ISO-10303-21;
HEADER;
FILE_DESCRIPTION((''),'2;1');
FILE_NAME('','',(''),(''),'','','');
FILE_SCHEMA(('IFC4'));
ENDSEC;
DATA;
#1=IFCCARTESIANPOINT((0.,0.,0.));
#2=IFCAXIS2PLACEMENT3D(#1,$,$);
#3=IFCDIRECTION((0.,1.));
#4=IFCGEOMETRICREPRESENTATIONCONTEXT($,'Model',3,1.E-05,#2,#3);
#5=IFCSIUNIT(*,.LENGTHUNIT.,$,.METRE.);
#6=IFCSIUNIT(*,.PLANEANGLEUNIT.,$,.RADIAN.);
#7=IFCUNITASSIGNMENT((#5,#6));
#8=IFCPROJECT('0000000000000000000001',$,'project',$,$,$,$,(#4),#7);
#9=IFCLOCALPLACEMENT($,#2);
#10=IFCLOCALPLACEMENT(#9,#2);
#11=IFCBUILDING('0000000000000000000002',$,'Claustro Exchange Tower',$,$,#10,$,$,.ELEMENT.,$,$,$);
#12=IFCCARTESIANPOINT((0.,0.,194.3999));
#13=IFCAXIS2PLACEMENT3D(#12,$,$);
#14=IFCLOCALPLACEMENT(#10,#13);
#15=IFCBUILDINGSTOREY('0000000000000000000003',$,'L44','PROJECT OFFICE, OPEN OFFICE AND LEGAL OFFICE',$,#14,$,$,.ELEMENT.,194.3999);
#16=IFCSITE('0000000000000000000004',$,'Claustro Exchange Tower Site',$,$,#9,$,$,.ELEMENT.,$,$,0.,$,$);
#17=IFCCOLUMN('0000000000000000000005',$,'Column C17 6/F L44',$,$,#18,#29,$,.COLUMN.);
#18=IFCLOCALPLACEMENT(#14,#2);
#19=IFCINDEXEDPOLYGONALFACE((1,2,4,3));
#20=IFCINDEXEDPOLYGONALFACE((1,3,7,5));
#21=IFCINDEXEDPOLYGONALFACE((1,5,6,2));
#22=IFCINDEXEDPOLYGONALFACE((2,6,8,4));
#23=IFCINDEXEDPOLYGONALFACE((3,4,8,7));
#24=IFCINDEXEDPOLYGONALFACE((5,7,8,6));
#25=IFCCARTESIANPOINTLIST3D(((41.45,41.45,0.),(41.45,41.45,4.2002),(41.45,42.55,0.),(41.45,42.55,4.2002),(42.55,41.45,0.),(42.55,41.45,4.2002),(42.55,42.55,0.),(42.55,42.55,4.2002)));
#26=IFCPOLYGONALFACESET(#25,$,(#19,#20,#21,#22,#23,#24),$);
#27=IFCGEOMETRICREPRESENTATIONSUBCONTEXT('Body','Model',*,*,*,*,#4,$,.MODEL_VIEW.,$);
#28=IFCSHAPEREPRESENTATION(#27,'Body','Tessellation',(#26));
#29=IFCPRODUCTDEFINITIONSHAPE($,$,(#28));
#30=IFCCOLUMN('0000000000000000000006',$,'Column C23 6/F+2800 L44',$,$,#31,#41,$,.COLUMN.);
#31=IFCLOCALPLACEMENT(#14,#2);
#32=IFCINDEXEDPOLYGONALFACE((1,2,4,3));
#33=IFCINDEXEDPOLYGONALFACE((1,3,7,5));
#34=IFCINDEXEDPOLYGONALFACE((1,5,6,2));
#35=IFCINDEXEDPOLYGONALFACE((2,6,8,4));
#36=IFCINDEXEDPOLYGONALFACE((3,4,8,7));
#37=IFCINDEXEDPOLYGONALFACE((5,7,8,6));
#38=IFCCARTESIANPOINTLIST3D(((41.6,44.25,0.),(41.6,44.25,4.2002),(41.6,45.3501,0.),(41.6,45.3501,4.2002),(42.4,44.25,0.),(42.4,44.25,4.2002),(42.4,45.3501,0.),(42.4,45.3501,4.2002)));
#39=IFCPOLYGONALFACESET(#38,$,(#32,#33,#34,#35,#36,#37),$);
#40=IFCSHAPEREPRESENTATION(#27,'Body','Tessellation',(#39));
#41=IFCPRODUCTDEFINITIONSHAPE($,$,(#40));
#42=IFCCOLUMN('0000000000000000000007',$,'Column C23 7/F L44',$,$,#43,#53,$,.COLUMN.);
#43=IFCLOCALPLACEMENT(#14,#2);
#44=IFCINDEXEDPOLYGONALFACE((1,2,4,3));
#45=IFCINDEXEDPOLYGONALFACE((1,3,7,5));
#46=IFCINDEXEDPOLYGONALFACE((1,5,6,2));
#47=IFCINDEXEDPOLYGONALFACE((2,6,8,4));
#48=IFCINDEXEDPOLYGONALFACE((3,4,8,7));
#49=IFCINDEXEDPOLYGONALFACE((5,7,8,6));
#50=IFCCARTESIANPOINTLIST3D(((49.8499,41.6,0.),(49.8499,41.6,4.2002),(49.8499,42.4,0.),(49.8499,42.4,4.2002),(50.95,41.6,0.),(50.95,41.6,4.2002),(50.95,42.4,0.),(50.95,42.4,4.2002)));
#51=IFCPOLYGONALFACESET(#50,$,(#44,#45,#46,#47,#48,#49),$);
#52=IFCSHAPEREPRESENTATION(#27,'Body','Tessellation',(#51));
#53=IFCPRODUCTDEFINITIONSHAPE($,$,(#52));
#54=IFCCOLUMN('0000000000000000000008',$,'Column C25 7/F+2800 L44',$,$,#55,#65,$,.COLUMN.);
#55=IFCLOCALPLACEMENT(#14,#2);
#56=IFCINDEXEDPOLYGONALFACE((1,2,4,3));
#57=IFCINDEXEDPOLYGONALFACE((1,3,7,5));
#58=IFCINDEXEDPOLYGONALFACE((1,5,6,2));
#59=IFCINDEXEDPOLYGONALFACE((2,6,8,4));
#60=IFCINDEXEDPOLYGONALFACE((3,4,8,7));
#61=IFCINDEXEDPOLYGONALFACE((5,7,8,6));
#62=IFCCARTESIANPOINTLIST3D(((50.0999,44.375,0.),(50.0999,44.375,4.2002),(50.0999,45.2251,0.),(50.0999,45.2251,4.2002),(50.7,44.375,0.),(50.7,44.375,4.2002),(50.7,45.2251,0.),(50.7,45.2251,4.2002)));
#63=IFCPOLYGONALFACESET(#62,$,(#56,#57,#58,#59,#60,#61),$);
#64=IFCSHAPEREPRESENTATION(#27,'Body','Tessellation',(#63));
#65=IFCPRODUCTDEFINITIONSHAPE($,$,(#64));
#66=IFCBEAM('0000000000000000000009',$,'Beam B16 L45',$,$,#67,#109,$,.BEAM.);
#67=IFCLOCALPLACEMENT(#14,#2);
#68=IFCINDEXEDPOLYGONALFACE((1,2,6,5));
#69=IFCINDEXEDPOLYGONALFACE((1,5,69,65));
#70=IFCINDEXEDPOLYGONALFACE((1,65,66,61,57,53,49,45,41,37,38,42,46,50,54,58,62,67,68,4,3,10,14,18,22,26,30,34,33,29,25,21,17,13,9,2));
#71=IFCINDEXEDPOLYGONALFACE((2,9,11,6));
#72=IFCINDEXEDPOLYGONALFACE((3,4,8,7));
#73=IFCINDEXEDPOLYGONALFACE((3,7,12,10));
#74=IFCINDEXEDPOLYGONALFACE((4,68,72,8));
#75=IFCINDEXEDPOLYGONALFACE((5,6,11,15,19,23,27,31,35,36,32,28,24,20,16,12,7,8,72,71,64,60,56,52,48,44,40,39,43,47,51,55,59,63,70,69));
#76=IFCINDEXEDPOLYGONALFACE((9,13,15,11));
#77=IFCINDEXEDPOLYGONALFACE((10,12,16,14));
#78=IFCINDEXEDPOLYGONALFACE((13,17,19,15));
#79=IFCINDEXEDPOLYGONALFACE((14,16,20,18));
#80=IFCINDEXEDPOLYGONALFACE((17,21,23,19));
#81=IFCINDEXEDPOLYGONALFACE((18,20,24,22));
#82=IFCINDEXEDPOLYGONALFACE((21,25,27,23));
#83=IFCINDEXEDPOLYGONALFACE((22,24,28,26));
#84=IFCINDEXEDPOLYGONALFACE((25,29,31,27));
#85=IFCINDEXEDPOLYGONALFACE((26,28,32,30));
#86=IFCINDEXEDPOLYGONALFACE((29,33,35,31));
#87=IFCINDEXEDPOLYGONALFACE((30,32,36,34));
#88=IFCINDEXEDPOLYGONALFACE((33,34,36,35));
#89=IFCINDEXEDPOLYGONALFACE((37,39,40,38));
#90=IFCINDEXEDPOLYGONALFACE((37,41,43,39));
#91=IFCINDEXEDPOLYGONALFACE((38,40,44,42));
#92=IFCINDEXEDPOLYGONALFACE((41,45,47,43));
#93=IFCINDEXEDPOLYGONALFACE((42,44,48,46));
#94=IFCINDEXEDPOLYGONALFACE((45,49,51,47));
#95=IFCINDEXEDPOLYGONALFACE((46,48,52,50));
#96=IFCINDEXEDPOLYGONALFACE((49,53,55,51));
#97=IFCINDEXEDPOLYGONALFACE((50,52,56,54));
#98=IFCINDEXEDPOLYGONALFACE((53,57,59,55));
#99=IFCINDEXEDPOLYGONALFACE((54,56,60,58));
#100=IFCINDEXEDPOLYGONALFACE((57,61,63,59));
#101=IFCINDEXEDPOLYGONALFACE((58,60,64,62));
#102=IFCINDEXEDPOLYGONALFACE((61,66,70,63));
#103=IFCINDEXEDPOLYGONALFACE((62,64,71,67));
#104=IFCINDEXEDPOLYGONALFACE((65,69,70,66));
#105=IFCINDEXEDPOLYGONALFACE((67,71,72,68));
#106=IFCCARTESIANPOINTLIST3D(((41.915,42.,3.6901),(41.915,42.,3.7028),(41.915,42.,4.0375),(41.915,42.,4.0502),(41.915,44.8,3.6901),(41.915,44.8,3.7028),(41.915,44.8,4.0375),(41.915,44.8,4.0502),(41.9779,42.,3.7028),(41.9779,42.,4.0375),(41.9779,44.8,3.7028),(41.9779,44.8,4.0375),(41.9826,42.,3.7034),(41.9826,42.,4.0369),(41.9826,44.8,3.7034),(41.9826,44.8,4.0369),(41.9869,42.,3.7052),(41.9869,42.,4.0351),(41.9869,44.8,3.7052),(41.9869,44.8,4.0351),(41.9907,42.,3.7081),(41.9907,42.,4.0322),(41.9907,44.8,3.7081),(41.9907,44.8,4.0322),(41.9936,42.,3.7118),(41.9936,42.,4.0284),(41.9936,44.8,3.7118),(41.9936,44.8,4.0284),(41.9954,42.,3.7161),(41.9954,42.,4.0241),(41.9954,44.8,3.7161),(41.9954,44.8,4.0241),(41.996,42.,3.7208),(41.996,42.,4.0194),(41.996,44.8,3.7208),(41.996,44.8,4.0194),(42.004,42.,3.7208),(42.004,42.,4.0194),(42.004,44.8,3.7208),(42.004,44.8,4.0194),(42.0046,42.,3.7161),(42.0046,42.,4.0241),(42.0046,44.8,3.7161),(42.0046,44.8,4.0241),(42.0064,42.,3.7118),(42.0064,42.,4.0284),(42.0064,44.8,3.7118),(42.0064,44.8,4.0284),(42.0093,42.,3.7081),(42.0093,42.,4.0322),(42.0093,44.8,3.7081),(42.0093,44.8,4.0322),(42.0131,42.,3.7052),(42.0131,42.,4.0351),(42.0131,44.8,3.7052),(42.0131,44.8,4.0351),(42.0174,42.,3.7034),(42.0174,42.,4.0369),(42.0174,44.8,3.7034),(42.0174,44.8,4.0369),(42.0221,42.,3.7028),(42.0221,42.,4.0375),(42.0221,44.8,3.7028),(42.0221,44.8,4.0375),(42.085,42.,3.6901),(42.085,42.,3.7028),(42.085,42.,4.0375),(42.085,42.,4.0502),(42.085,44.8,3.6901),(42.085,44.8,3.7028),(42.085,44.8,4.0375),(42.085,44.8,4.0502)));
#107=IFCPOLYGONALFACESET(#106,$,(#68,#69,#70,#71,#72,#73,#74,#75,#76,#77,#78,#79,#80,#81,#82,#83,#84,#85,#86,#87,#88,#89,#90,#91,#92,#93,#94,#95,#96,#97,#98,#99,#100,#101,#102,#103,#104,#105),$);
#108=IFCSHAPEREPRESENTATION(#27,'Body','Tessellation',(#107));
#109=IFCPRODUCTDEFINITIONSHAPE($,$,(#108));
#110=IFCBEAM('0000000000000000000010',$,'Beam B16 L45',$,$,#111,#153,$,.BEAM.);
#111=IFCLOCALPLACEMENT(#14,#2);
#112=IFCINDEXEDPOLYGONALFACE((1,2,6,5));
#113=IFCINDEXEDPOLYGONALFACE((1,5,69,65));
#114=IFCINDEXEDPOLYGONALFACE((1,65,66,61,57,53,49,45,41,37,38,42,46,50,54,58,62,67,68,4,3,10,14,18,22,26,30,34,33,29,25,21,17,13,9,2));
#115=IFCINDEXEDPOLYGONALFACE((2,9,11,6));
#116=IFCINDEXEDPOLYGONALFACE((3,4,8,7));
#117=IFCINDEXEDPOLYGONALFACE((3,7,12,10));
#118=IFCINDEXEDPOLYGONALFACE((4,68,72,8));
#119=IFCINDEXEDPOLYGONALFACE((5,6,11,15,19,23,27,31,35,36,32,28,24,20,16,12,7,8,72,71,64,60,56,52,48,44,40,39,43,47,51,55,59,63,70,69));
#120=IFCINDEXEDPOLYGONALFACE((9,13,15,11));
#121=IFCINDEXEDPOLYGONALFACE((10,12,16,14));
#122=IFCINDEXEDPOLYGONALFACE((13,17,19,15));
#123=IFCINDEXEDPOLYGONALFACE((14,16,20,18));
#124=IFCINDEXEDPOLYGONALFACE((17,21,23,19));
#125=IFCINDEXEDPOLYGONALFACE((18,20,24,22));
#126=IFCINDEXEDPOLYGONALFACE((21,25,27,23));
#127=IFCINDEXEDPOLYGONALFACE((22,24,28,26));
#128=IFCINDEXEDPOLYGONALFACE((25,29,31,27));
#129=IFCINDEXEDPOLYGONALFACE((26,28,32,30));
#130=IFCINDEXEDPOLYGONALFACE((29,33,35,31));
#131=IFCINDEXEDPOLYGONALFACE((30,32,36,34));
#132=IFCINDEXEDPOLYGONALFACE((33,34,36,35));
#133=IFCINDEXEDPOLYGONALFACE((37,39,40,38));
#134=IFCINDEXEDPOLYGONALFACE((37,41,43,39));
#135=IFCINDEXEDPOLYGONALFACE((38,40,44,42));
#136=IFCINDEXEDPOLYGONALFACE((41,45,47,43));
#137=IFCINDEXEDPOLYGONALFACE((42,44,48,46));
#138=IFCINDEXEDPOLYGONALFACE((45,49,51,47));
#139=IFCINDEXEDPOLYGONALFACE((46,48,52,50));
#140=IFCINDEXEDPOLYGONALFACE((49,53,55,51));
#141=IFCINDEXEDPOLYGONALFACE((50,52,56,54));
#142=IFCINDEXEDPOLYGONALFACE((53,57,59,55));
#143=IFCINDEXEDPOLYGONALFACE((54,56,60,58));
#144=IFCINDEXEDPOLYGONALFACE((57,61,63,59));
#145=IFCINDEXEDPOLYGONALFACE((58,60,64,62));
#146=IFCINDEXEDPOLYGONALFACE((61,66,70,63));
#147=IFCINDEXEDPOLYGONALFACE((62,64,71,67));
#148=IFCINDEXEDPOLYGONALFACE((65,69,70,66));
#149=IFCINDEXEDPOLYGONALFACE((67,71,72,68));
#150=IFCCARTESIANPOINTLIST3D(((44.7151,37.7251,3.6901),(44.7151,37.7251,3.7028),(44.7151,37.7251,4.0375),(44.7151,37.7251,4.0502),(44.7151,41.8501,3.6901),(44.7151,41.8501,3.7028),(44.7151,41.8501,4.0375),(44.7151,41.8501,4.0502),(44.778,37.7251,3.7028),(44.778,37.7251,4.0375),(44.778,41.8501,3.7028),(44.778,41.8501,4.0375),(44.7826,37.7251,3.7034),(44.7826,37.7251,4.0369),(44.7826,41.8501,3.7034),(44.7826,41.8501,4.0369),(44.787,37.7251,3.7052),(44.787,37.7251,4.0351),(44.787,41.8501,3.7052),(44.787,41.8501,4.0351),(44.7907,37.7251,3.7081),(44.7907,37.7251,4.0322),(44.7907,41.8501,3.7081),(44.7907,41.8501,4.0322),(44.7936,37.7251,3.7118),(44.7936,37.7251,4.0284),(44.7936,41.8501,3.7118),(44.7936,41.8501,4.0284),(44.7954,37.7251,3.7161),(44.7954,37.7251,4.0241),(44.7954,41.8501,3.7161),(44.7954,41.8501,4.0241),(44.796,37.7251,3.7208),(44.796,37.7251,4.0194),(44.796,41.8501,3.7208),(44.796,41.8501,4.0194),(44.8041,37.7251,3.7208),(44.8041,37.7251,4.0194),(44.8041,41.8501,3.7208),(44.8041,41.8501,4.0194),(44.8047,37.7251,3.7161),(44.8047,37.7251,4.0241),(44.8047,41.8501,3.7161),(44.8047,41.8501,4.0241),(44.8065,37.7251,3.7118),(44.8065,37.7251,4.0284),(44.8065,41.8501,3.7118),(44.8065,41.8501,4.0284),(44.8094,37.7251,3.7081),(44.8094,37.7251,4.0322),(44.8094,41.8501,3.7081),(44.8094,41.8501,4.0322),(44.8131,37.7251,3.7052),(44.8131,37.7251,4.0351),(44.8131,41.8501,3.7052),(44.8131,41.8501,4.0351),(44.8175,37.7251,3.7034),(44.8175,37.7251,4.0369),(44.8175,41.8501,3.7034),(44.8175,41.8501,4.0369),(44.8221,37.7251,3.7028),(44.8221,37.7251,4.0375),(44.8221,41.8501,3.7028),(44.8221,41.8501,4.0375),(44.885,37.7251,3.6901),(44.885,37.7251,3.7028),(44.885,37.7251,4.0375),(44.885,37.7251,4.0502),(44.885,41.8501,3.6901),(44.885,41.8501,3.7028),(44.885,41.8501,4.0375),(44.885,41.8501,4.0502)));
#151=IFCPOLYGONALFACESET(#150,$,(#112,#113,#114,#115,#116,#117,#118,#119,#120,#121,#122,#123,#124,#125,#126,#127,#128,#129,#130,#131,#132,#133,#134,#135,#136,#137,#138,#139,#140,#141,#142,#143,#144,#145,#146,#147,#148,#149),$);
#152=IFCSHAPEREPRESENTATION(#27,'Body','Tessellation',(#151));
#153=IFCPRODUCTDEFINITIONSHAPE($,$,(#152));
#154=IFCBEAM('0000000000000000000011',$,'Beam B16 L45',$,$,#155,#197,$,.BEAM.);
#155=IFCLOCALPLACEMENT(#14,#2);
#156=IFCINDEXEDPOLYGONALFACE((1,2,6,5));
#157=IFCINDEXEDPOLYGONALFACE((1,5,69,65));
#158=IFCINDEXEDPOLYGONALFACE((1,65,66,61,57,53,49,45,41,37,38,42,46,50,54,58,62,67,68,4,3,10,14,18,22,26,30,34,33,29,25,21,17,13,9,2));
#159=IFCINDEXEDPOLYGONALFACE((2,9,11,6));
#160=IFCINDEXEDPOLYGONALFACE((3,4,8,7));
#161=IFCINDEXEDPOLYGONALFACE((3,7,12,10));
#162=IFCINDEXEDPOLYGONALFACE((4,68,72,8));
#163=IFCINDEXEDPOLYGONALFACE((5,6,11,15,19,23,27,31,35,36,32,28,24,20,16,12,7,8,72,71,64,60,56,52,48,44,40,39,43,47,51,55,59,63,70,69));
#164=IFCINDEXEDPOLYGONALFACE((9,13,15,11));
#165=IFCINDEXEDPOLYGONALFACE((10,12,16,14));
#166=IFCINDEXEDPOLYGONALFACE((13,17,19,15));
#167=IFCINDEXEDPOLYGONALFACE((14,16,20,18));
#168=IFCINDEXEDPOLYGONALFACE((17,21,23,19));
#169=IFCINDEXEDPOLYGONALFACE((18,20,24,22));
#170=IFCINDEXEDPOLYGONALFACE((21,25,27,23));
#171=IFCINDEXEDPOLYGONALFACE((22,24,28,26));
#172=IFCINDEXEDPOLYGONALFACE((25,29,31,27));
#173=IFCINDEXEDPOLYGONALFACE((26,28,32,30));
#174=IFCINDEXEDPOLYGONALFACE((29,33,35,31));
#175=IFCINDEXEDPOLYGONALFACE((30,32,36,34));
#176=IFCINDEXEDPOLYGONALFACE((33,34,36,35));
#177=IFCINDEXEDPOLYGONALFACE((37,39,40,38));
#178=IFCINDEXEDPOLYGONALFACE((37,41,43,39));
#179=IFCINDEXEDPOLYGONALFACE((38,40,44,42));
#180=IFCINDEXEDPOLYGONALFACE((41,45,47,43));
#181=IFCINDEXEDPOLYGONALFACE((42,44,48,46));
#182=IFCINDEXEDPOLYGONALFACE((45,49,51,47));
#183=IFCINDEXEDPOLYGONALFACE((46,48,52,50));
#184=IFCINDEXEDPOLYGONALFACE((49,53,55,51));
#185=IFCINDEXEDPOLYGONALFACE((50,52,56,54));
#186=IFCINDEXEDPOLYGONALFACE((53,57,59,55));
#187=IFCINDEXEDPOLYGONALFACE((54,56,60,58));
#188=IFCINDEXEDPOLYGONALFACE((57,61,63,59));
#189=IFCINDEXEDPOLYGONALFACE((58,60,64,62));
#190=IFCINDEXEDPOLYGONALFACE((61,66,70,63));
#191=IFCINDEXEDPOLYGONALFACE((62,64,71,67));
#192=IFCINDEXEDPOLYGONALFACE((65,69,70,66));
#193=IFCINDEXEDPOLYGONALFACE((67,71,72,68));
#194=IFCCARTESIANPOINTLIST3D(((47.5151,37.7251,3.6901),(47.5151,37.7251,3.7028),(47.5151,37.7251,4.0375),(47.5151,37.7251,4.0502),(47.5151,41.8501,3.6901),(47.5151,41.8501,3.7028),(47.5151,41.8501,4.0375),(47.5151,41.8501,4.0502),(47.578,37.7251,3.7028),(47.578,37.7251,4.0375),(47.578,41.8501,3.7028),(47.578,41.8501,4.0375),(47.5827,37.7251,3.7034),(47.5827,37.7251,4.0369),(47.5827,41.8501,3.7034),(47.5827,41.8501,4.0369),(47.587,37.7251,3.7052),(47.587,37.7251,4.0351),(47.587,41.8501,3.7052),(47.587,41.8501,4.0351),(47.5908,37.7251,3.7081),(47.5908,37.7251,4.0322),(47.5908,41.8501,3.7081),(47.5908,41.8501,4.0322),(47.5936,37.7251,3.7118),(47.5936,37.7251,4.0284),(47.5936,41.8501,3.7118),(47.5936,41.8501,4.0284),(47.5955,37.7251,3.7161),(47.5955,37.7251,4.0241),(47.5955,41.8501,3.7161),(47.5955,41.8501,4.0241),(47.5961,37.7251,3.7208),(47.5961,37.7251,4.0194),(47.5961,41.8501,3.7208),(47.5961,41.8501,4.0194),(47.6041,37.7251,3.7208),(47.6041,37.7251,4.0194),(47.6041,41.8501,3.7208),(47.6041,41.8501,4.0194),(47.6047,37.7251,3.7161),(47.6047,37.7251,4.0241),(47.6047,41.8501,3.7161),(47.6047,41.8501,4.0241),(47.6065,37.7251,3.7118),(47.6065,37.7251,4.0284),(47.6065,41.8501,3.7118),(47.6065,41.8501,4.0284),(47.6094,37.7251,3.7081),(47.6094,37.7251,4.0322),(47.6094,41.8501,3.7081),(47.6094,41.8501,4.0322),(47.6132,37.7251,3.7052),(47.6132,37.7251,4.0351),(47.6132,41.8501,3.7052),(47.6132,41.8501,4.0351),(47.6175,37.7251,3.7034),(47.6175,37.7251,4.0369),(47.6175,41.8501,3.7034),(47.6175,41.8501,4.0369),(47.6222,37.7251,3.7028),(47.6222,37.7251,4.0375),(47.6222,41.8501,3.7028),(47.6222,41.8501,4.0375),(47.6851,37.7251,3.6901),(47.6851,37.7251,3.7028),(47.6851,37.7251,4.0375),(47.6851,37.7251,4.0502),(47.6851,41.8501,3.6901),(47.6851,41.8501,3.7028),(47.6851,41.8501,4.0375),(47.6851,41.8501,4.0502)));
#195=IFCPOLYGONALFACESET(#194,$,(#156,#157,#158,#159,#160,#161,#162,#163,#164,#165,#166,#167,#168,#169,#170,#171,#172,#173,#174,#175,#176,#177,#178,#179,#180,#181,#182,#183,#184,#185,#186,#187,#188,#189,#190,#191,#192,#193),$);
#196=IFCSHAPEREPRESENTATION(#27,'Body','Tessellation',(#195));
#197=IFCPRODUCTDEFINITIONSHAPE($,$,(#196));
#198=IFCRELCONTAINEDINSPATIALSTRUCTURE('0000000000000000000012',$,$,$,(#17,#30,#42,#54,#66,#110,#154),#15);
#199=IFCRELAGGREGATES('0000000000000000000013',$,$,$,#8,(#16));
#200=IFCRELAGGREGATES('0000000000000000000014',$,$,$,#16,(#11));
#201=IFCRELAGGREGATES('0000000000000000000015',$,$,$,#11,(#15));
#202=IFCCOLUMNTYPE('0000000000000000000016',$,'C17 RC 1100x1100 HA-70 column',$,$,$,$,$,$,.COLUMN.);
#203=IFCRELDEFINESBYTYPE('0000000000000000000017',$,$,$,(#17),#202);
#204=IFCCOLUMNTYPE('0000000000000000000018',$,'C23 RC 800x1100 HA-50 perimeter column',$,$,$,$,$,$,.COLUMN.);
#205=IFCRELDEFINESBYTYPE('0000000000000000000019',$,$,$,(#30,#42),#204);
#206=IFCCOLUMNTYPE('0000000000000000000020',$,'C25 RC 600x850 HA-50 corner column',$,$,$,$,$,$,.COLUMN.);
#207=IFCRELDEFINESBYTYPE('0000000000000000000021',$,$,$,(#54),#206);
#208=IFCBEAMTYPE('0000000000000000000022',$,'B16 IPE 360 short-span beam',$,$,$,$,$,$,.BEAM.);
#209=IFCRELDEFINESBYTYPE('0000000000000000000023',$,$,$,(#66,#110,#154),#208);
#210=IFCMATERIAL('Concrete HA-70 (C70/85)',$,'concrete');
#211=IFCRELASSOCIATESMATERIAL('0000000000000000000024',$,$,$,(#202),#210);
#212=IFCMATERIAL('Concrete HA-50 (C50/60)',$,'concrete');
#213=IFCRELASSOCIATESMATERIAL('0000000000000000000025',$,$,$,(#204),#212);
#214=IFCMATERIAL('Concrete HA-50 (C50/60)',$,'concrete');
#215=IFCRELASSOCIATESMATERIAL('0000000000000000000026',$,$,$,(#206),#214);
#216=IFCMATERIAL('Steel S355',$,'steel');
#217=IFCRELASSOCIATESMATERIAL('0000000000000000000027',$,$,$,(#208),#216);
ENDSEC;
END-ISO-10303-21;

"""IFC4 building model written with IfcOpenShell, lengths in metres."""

from ifc_helpers import new_model, si_unit, direction, frame, origin, origin_2d, place, context, subcontext, project, spatial, rectangle, i_section, extrude, material, material_profile, profile_set, type_object, element, save


model = new_model("IFC4")

# Units and contexts
model_context = context("Model", 3, precision=1e-05, world=origin(), true_north=direction((0.0, 1.0)))
body_context = subcontext(model_context, "Body", "Model", "MODEL_VIEW")
ifc_project = project(units=[si_unit("LENGTHUNIT", "METRE"), si_unit("PLANEANGLEUNIT", "RADIAN")], contexts=[model_context])

# Site, building, storey
site_placement = place(None, origin())
site = spatial("IfcSite", under=ifc_project, at=site_placement, Name="Claustro Exchange Tower Site", CompositionType="ELEMENT", RefElevation=0.0)
building_placement = place(site_placement, origin())
building = spatial("IfcBuilding", under=site, at=building_placement, Name="Claustro Exchange Tower", CompositionType="ELEMENT")
storey_placement = place(building_placement, frame((0.0, 0.0, 194.3999)))
storey = spatial("IfcBuildingStorey", under=building, at=storey_placement, Name="L44", Description="PROJECT OFFICE, OPEN OFFICE AND LEGAL OFFICE", CompositionType="ELEMENT", Elevation=194.3999)

# Columns
ifc_material_1 = material(Name="Concrete HA-70 (C70/85)", Category="concrete")
ifc_material_profile_1 = material_profile(ifc_material_1, rectangle(XDim=1.1001, YDim=1.1001, at=origin_2d()), Name="RC 1100x1100")
ifc_profile_set_1 = profile_set([ifc_material_profile_1], Name="Concrete HA-70 (C70/85)")
column_type_1 = type_object("IfcColumnType", Name="C17 RC 1100x1100 HA-70 column", PredefinedType="COLUMN", material=ifc_profile_set_1)
column_1_placement = place(storey_placement, frame((42.0, 42.0, 0.0), z_axis=(0.0, 0.0, 1.0), x_axis=(1.0, 0.0, 0.0)))
element("IfcColumn", 1, at=column_1_placement, inside=storey, type_object=column_type_1, Name="Column C17 6/F L44", PredefinedType="COLUMN", context=body_context, shape_type="SweptSolid", body=[
    extrude(rectangle(XDim=1.1001, YDim=1.1001, at=origin_2d()), origin(), (0.0, 0.0, 1.0), 4.2002),
])
ifc_material_2 = material(Name="Concrete HA-50 (C50/60)", Category="concrete")
ifc_material_profile_2 = material_profile(ifc_material_2, rectangle(XDim=0.8, YDim=1.1001, at=origin_2d()), Name="RC 800x1100")
ifc_profile_set_2 = profile_set([ifc_material_profile_2], Name="Concrete HA-50 (C50/60)")
column_type_2 = type_object("IfcColumnType", Name="C23 RC 800x1100 HA-50 perimeter column", PredefinedType="COLUMN", material=ifc_profile_set_2)
for number, where, z_axis, x_axis, name in (
    (2, (42.0, 44.8, 0.0), (0.0, 0.0, 1.0), (1.0, 0.0, 0.0), "Column C23 6/F+2800 L44"),
    (3, (50.3999, 42.0, 0.0), (0.0, 0.0, 1.0), (0.0, 1.0, 0.0), "Column C23 7/F L44"),
):
    element("IfcColumn", number, at=place(storey_placement, frame(where, z_axis=z_axis, x_axis=x_axis)), inside=storey, type_object=column_type_2, Name=name, PredefinedType="COLUMN", context=body_context, shape_type="SweptSolid", body=[
        extrude(rectangle(XDim=0.8, YDim=1.1001, at=origin_2d()), origin(), (0.0, 0.0, 1.0), 4.2002),
    ])
ifc_material_3 = material(Name="Concrete HA-50 (C50/60)", Category="concrete")
ifc_material_profile_3 = material_profile(ifc_material_3, rectangle(XDim=0.6001, YDim=0.8501, at=origin_2d()), Name="RC 600x850")
ifc_profile_set_3 = profile_set([ifc_material_profile_3], Name="Concrete HA-50 (C50/60)")
column_type_3 = type_object("IfcColumnType", Name="C25 RC 600x850 HA-50 corner column", PredefinedType="COLUMN", material=ifc_profile_set_3)
column_2_placement = place(storey_placement, frame((50.3999, 44.8, 0.0), z_axis=(0.0, 0.0, 1.0), x_axis=(1.0, 0.0, 0.0)))
element("IfcColumn", 4, at=column_2_placement, inside=storey, type_object=column_type_3, Name="Column C25 7/F+2800 L44", PredefinedType="COLUMN", context=body_context, shape_type="SweptSolid", body=[
    extrude(rectangle(XDim=0.6001, YDim=0.8501, at=origin_2d()), origin(), (0.0, 0.0, 1.0), 4.2002),
])

# Beams
ifc_material_4 = material(Name="Steel S355", Category="steel")
ifc_material_profile_4 = material_profile(ifc_material_4, i_section(OverallWidth=0.1699, OverallDepth=0.3601, WebThickness=0.0081, FlangeThickness=0.0127, FilletRadius=0.0181, at=origin_2d()), Name="IPE 360")
ifc_profile_set_4 = profile_set([ifc_material_profile_4], Name="Steel S355")
beam_type_1 = type_object("IfcBeamType", Name="B16 IPE 360 short-span beam", PredefinedType="BEAM", material=ifc_profile_set_4)
beam_1_placement = place(storey_placement, frame((42.0, 42.0, 3.8701), z_axis=(0.0, 1.0, 0.0), x_axis=(-1.0, 0.0, 0.0)))
element("IfcBeam", 5, at=beam_1_placement, inside=storey, type_object=beam_type_1, Name="Beam B16 L45", PredefinedType="BEAM", context=body_context, shape_type="SweptSolid", body=[
    extrude(i_section(OverallWidth=0.1699, OverallDepth=0.3601, WebThickness=0.0081, FlangeThickness=0.0127, FilletRadius=0.0181, at=origin_2d()), origin(), (0.0, 0.0, 1.0), 2.8),
])
for number, where, z_axis, x_axis, name in (
    (6, (44.8, 37.7251, 3.8701), (0.0, 1.0, 0.0), (-1.0, 0.0, 0.0), "Beam B16 L45"),
    (7, (47.6001, 37.7251, 3.8701), (0.0, 1.0, 0.0), (-1.0, 0.0, 0.0), "Beam B16 L45"),
):
    element("IfcBeam", number, at=place(storey_placement, frame(where, z_axis=z_axis, x_axis=x_axis)), inside=storey, type_object=beam_type_1, Name=name, PredefinedType="BEAM", context=body_context, shape_type="SweptSolid", body=[
        extrude(i_section(OverallWidth=0.1699, OverallDepth=0.3601, WebThickness=0.0081, FlangeThickness=0.0127, FilletRadius=0.0181, at=origin_2d()), origin(), (0.0, 0.0, 1.0), 4.125),
    ])

save(model, "model.ifc")
